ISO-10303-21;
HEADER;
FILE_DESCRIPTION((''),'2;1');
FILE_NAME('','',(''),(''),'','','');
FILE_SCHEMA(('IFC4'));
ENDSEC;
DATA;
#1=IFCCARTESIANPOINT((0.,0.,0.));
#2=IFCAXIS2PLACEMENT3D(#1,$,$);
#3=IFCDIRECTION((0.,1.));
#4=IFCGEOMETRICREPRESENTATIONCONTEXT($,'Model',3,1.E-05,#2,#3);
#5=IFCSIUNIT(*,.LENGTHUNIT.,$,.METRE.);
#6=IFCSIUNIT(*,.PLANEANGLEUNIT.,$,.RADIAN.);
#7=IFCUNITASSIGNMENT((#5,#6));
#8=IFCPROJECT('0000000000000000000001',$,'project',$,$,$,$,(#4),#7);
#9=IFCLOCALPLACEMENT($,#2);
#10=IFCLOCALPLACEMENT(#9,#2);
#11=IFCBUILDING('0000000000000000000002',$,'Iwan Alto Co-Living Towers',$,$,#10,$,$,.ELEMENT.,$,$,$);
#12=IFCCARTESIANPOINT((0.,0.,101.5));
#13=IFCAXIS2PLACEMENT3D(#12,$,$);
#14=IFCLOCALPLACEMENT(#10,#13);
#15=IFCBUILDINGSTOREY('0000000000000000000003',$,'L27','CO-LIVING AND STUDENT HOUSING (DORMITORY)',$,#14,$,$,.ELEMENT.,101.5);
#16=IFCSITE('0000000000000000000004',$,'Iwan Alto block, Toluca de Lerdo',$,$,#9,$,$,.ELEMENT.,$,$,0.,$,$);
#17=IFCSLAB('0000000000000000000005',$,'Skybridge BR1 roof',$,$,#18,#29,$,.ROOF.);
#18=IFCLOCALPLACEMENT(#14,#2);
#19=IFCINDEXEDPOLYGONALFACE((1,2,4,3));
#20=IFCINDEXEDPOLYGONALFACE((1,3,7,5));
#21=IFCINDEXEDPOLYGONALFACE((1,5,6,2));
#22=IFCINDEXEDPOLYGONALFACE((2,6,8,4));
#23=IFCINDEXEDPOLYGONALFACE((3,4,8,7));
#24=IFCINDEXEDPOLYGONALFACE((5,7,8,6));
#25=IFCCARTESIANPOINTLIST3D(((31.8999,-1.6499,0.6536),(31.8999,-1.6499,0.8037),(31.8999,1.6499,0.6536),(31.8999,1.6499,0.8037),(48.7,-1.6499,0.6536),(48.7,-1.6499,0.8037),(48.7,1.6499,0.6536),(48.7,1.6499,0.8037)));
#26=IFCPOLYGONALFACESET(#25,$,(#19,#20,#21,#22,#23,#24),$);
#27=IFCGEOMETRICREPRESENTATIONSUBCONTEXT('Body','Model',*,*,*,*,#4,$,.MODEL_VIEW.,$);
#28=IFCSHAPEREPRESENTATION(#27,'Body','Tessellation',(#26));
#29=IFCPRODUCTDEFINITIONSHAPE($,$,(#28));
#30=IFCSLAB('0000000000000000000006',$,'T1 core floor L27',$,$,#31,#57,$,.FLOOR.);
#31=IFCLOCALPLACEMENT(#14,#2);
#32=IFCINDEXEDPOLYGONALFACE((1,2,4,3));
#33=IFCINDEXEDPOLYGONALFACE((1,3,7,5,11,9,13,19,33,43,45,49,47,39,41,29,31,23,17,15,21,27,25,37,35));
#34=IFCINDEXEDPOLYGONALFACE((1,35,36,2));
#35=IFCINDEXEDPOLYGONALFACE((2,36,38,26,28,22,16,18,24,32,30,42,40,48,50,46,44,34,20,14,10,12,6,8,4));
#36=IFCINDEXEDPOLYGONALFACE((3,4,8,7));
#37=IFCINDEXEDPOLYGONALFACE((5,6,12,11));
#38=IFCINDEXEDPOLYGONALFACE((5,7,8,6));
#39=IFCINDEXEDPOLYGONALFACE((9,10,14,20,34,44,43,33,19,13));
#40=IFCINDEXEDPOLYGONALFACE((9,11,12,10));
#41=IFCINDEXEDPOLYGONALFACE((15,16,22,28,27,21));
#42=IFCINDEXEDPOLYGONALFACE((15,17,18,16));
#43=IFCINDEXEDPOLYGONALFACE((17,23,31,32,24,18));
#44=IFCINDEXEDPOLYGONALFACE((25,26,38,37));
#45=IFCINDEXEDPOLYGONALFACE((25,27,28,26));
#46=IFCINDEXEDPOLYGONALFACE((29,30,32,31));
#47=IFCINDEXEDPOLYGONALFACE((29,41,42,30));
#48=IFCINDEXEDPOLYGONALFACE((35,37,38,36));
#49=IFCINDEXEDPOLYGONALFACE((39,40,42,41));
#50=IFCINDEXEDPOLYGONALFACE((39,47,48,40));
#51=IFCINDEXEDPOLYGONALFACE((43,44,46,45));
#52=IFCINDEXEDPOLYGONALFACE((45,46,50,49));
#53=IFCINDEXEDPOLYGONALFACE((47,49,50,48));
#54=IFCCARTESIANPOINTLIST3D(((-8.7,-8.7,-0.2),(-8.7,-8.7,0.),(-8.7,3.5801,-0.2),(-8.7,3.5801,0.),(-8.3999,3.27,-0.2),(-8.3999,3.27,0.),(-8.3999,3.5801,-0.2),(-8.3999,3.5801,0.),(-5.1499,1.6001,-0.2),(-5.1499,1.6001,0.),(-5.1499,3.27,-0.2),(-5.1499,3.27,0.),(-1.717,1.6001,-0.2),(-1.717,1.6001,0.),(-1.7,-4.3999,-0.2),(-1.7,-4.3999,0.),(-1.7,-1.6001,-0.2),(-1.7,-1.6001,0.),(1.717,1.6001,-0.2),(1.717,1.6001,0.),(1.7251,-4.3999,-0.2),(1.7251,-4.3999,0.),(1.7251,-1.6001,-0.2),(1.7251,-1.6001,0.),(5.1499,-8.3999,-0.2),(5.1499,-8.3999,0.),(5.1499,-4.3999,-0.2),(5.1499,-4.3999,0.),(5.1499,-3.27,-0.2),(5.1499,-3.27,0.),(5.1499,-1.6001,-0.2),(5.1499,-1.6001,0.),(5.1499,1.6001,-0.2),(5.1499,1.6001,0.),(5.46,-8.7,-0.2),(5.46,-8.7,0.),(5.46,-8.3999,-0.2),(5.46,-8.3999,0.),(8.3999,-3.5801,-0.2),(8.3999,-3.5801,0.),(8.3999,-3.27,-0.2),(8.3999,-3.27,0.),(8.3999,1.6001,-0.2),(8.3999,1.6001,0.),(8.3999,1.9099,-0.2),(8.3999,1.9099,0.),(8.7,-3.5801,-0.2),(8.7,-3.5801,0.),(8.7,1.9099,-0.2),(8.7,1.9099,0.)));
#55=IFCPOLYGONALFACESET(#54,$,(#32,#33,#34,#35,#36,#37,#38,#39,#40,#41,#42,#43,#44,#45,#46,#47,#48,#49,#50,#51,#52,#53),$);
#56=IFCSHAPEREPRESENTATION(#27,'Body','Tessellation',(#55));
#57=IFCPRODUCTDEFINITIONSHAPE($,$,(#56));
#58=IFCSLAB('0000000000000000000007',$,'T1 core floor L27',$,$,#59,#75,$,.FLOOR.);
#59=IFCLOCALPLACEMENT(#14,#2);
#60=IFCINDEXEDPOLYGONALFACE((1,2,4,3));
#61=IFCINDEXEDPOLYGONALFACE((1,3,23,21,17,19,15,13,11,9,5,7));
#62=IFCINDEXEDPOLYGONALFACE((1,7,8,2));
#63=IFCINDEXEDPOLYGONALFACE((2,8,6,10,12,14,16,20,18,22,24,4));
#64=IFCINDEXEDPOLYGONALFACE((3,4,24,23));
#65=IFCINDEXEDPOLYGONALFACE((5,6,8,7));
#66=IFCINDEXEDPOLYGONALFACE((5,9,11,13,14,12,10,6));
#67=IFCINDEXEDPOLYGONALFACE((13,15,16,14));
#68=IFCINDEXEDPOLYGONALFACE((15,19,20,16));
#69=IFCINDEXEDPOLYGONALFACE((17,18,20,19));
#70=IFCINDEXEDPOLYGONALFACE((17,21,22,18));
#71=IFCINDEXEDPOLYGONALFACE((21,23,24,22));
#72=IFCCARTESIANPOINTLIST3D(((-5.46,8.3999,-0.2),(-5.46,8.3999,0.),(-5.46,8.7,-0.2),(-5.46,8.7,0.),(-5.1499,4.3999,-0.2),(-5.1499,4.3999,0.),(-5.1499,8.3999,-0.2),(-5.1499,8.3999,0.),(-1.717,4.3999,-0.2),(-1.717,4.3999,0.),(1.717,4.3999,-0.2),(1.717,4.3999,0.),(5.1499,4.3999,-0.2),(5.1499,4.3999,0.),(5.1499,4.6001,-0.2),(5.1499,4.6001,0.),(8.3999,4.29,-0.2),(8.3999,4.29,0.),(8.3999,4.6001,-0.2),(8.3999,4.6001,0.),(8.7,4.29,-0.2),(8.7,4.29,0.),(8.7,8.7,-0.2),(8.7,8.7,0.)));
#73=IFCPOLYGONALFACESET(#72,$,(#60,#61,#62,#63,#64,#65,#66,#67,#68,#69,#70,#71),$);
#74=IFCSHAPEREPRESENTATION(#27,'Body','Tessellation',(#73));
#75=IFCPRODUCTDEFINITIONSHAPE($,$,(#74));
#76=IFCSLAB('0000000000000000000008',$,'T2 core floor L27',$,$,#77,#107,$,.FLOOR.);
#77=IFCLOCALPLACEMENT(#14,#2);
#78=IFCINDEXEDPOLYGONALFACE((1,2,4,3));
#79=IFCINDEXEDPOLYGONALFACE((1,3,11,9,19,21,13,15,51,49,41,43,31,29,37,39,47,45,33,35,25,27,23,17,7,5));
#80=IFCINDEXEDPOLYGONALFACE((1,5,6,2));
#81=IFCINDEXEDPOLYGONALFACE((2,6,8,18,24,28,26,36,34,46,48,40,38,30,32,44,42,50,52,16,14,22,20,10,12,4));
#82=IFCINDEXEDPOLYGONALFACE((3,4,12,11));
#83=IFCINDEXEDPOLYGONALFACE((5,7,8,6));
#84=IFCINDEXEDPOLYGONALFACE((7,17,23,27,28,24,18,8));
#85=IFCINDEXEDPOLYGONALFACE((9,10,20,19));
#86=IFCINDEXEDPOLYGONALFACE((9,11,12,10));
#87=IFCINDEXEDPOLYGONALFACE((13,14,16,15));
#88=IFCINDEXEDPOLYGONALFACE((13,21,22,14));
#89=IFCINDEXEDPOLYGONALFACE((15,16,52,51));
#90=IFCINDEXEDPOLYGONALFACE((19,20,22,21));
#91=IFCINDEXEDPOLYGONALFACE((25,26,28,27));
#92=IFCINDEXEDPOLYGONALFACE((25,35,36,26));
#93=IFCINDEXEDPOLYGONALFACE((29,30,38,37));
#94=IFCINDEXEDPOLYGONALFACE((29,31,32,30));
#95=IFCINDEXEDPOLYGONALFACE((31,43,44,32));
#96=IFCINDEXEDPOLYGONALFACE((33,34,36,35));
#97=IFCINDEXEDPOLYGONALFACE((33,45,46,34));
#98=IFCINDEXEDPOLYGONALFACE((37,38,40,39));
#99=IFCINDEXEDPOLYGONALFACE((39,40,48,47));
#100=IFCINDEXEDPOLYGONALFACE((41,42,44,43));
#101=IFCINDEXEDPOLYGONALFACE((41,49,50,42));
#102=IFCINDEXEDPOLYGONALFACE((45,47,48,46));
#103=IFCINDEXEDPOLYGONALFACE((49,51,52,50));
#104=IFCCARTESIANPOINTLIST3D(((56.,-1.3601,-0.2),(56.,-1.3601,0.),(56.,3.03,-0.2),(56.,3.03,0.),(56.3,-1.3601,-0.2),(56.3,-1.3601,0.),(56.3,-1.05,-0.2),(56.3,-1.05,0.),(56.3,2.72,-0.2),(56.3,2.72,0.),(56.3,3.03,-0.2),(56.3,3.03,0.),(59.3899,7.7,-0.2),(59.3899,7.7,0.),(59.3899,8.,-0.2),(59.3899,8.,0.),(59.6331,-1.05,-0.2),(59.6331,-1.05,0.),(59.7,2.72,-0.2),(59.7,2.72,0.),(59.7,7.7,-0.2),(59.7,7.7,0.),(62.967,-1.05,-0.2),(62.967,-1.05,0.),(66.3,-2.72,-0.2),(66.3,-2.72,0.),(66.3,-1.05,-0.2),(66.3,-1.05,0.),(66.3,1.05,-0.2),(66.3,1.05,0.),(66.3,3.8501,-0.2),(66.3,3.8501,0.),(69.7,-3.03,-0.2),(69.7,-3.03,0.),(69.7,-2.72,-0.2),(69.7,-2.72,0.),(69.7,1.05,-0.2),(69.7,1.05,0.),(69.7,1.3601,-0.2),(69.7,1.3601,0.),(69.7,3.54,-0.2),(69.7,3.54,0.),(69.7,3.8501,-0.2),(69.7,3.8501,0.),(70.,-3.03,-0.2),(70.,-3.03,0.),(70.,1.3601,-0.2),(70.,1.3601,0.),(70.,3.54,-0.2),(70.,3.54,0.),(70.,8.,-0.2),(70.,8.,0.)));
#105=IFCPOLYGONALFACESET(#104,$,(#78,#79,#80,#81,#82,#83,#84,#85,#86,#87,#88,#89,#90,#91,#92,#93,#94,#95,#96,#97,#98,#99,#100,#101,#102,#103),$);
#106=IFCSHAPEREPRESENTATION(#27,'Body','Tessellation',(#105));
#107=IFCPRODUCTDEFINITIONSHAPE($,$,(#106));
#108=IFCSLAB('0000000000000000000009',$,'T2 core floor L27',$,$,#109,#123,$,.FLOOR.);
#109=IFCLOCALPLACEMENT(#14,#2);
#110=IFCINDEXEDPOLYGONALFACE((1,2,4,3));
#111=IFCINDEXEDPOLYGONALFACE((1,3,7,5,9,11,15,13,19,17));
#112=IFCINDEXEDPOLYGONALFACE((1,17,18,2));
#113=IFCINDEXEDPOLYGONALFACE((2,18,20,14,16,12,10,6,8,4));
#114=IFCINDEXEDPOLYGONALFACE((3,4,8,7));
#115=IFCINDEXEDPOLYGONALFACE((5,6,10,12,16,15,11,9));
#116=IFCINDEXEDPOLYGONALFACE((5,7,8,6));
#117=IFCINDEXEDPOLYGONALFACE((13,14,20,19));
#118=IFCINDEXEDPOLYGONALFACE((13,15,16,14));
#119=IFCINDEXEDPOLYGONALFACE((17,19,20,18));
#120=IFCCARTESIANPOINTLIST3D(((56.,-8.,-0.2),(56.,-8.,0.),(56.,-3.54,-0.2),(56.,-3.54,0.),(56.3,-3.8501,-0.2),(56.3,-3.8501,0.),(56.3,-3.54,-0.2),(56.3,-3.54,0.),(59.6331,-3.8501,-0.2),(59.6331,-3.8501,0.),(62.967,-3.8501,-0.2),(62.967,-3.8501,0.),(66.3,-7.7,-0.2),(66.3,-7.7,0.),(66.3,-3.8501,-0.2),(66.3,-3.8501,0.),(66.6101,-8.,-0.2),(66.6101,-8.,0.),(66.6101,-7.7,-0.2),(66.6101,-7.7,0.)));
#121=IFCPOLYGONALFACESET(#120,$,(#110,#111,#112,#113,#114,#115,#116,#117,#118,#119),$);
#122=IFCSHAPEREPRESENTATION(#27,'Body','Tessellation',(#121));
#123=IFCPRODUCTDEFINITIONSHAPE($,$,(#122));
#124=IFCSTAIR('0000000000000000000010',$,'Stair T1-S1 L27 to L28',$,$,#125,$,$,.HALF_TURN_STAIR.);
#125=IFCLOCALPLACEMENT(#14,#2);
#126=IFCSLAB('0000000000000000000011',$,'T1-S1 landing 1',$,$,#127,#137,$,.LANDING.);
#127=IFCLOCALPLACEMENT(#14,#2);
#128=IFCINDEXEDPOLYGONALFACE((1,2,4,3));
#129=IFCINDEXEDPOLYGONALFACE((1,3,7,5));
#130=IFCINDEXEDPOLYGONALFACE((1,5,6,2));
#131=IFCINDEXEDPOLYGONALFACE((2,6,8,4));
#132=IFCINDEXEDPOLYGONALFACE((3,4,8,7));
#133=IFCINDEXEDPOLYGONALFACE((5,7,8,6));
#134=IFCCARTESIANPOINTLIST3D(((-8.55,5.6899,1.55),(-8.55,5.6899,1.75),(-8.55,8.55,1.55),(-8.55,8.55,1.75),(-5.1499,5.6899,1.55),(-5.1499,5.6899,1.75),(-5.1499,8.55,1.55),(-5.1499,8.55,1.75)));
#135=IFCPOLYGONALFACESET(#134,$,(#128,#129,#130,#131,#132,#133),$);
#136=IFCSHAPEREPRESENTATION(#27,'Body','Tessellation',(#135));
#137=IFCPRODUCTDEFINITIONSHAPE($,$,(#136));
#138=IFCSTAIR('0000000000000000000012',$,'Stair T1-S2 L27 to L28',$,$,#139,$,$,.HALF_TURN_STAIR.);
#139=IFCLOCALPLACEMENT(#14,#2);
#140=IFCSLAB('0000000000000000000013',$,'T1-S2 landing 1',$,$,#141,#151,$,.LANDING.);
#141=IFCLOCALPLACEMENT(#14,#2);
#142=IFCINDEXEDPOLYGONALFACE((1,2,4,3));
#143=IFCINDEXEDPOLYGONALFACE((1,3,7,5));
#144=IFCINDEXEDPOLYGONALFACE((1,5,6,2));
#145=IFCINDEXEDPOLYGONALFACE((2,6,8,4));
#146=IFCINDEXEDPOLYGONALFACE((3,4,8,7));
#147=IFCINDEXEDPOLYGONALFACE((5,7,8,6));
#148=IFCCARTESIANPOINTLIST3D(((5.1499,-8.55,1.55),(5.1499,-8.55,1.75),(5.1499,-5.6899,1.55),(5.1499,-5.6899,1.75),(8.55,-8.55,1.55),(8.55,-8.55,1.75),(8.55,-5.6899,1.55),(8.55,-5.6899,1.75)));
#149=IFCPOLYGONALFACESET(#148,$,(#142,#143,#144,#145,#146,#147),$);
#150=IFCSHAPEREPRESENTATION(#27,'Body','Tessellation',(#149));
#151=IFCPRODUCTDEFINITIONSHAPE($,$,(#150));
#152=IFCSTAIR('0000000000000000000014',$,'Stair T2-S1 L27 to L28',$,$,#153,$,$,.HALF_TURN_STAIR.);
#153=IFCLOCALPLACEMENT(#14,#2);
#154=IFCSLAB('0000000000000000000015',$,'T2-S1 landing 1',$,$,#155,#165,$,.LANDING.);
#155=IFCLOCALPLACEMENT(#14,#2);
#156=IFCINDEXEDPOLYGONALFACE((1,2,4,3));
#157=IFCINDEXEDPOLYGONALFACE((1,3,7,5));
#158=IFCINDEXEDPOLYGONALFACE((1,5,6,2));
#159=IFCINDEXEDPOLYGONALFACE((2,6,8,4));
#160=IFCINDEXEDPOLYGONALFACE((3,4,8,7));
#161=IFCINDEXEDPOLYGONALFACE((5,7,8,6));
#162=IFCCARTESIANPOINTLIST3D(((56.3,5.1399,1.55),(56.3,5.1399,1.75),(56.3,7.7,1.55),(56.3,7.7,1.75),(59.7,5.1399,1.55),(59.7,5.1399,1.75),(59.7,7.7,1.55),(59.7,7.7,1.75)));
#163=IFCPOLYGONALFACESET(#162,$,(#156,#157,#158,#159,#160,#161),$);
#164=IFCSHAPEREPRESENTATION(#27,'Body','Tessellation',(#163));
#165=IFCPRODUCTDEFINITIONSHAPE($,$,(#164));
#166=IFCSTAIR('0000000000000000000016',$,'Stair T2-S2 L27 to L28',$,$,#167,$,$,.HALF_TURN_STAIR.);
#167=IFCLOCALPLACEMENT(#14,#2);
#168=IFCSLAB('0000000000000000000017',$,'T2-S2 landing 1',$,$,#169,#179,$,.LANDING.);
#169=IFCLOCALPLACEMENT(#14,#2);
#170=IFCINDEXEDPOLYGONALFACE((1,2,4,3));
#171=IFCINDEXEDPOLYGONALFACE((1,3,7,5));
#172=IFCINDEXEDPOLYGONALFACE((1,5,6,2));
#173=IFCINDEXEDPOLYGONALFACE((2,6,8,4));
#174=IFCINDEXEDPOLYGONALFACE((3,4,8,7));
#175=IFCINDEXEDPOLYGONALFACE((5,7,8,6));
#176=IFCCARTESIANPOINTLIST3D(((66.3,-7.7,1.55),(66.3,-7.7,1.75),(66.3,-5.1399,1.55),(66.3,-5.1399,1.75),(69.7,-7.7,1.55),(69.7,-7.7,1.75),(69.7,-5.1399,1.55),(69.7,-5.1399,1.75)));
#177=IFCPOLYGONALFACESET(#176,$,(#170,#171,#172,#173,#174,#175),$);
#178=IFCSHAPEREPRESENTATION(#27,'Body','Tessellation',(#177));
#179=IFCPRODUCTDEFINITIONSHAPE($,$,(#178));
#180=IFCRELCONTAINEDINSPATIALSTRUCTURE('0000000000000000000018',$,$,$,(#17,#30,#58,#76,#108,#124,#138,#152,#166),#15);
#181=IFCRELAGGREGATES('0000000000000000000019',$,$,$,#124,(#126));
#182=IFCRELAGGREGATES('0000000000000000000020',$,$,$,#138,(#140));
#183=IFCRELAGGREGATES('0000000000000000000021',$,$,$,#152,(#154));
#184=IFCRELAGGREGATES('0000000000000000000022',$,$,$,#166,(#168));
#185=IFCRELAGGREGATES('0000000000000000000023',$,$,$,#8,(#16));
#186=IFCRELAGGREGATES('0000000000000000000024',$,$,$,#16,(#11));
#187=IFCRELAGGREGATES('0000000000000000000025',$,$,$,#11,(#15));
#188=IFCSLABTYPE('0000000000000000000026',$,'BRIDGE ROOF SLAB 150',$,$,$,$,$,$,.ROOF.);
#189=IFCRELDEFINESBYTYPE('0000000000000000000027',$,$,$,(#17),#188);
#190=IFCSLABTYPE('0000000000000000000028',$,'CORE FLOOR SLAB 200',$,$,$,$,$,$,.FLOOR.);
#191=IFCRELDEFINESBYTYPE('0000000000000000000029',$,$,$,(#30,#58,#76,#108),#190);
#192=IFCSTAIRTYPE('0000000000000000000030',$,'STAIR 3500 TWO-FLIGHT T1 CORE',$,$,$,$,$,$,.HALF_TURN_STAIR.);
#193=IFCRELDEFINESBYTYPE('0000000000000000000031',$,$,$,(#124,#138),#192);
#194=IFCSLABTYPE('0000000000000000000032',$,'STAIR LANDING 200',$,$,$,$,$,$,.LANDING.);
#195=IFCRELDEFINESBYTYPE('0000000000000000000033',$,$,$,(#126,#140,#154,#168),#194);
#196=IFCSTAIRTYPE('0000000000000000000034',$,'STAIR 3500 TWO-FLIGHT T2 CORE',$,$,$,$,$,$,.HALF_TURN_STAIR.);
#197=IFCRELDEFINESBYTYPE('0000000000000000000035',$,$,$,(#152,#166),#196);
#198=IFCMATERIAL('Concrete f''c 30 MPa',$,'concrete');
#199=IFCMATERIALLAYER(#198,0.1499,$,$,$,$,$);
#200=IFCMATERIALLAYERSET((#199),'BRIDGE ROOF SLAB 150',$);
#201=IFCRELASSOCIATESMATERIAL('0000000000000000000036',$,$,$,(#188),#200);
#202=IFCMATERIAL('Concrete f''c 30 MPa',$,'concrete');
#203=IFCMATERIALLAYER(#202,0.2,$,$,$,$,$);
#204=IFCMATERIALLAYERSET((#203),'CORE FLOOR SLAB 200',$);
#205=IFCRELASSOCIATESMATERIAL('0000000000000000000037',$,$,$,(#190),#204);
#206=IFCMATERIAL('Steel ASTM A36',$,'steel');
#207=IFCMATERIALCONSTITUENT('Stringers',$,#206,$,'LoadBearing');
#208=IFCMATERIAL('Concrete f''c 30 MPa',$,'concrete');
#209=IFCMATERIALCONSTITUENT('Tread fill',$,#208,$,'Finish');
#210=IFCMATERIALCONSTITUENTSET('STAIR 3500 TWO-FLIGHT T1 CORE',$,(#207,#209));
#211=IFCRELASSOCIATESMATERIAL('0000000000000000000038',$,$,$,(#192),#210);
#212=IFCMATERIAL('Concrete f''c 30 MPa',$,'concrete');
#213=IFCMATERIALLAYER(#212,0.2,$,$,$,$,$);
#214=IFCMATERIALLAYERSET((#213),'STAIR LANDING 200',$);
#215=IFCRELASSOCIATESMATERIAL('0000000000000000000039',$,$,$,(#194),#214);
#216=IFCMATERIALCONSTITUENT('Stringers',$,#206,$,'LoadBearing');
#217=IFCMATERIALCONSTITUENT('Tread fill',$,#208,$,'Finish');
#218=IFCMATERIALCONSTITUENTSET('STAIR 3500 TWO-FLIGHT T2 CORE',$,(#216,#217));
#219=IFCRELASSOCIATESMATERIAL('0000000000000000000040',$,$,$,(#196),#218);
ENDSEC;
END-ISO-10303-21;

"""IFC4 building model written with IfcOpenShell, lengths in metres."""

from ifc_helpers import new_model, si_unit, direction, frame, origin, place, context, subcontext, project, spatial, polyline, outline, extrude, material, layer, layer_set, constituent, constituent_set, type_object, element, aggregate, save


model = new_model("IFC4")

# Units and contexts
model_context = context("Model", 3, precision=1e-05, world=origin(), true_north=direction((0.0, 1.0)))
body_context = subcontext(model_context, "Body", "Model", "MODEL_VIEW")
ifc_project = project(units=[si_unit("LENGTHUNIT", "METRE"), si_unit("PLANEANGLEUNIT", "RADIAN")], contexts=[model_context])

# Site, building, storey
site_placement = place(None, origin())
site = spatial("IfcSite", under=ifc_project, at=site_placement, Name="Iwan Alto block, Toluca de Lerdo", CompositionType="ELEMENT", RefElevation=0.0)
building_placement = place(site_placement, origin())
building = spatial("IfcBuilding", under=site, at=building_placement, Name="Iwan Alto Co-Living Towers", CompositionType="ELEMENT")
storey_placement = place(building_placement, frame((0.0, 0.0, 101.5)))
storey = spatial("IfcBuildingStorey", under=building, at=storey_placement, Name="L27", Description="CO-LIVING AND STUDENT HOUSING (DORMITORY)", CompositionType="ELEMENT", Elevation=101.5)

# Slabs
ifc_material_1 = material(Name="Concrete f'c 30 MPa", Category="concrete")
ifc_layer_1 = layer(ifc_material_1, 0.1499)
ifc_layer_set_1 = layer_set([ifc_layer_1], Name="BRIDGE ROOF SLAB 150")
slab_type_1 = type_object("IfcSlabType", Name="BRIDGE ROOF SLAB 150", PredefinedType="ROOF", material=ifc_layer_set_1)
slab_1_placement = place(storey_placement, frame((0.0, 0.0, 0.6536)))
element("IfcSlab", 1, at=slab_1_placement, inside=storey, type_object=slab_type_1, Name="Skybridge BR1 roof", PredefinedType="ROOF", context=body_context, shape_type="SweptSolid", body=[
    extrude(outline(polyline([(31.8999, -1.6499), (48.7, -1.6499), (48.7, 1.6499), (31.8999, 1.6499), (31.8999, -1.6499)])), origin(), (0.0, 0.0, 1.0), 0.1501),
])
ifc_material_2 = material(Name="Concrete f'c 30 MPa", Category="concrete")
ifc_layer_2 = layer(ifc_material_2, 0.2)
ifc_layer_set_2 = layer_set([ifc_layer_2], Name="CORE FLOOR SLAB 200")
slab_type_2 = type_object("IfcSlabType", Name="CORE FLOOR SLAB 200", PredefinedType="FLOOR", material=ifc_layer_set_2)
slab_2_placement = place(storey_placement, frame((0.0, 0.0, -0.2)))
element("IfcSlab", 2, at=slab_2_placement, inside=storey, type_object=slab_type_2, Name="T1 core floor L27", PredefinedType="FLOOR", context=body_context, shape_type="SweptSolid", body=[
    extrude(outline(polyline([(5.1499, -1.6001), (1.7251, -1.6001), (-1.7, -1.6001), (-1.7, -4.3999), (1.7251, -4.3999), (5.1499, -4.3999), (5.1499, -8.3999), (5.46, -8.3999), (5.46, -8.7), (-8.7, -8.7), (-8.7, 3.5801), (-8.3999, 3.5801), (-8.3999, 3.27), (-5.1499, 3.27), (-5.1499, 1.6001), (-1.717, 1.6001), (1.717, 1.6001), (5.1499, 1.6001), (8.3999, 1.6001), (8.3999, 1.9099), (8.7, 1.9099), (8.7, -3.5801), (8.3999, -3.5801), (8.3999, -3.27), (5.1499, -3.27), (5.1499, -1.6001)])), origin(), (0.0, 0.0, 1.0), 0.2),
])
slab_3_placement = place(storey_placement, frame((0.0, 0.0, -0.2)))
element("IfcSlab", 3, at=slab_3_placement, inside=storey, type_object=slab_type_2, Name="T1 core floor L27", PredefinedType="FLOOR", context=body_context, shape_type="SweptSolid", body=[
    extrude(outline(polyline([(1.717, 4.3999), (-1.717, 4.3999), (-5.1499, 4.3999), (-5.1499, 8.3999), (-5.46, 8.3999), (-5.46, 8.7), (8.7, 8.7), (8.7, 4.29), (8.3999, 4.29), (8.3999, 4.6001), (5.1499, 4.6001), (5.1499, 4.3999), (1.717, 4.3999)])), origin(), (0.0, 0.0, 1.0), 0.2),
])
slab_4_placement = place(storey_placement, frame((0.0, 0.0, -0.2)))
element("IfcSlab", 4, at=slab_4_placement, inside=storey, type_object=slab_type_2, Name="T2 core floor L27", PredefinedType="FLOOR", context=body_context, shape_type="SweptSolid", body=[
    extrude(outline(polyline([(70.0, -3.03), (69.7, -3.03), (69.7, -2.72), (66.3, -2.72), (66.3, -1.05), (62.967, -1.05), (59.6331, -1.05), (56.3, -1.05), (56.3, -1.3601), (56.0, -1.3601), (56.0, 3.03), (56.3, 3.03), (56.3, 2.72), (59.7, 2.72), (59.7, 7.7), (59.3899, 7.7), (59.3899, 8.0), (70.0, 8.0), (70.0, 3.54), (69.7, 3.54), (69.7, 3.8501), (66.3, 3.8501), (66.3, 1.05), (69.7, 1.05), (69.7, 1.3601), (70.0, 1.3601), (70.0, -3.03)])), origin(), (0.0, 0.0, 1.0), 0.2),
])
slab_5_placement = place(storey_placement, frame((0.0, 0.0, -0.2)))
element("IfcSlab", 5, at=slab_5_placement, inside=storey, type_object=slab_type_2, Name="T2 core floor L27", PredefinedType="FLOOR", context=body_context, shape_type="SweptSolid", body=[
    extrude(outline(polyline([(62.967, -3.8501), (66.3, -3.8501), (66.3, -7.7), (66.6101, -7.7), (66.6101, -8.0), (56.0, -8.0), (56.0, -3.54), (56.3, -3.54), (56.3, -3.8501), (59.6331, -3.8501), (62.967, -3.8501)])), origin(), (0.0, 0.0, 1.0), 0.2),
])

# Stairs, slabs
ifc_material_3 = material(Name="Steel ASTM A36", Category="steel")
ifc_constituent_1 = constituent(ifc_material_3, Name="Stringers", Category="LoadBearing")
ifc_material_4 = material(Name="Concrete f'c 30 MPa", Category="concrete")
ifc_constituent_2 = constituent(ifc_material_4, Name="Tread fill", Category="Finish")
ifc_constituent_set_1 = constituent_set(constituents=[ifc_constituent_1, ifc_constituent_2], Name="STAIR 3500 TWO-FLIGHT T1 CORE")
stair_type_1 = type_object("IfcStairType", Name="STAIR 3500 TWO-FLIGHT T1 CORE", PredefinedType="HALF_TURN_STAIR", material=ifc_constituent_set_1)
stair_1_placement = place(storey_placement, origin())
stair_1 = element("IfcStair", 6, at=stair_1_placement, inside=storey, type_object=stair_type_1, Name="Stair T1-S1 L27 to L28", PredefinedType="HALF_TURN_STAIR")
ifc_material_5 = material(Name="Concrete f'c 30 MPa", Category="concrete")
ifc_layer_3 = layer(ifc_material_5, 0.2)
ifc_layer_set_3 = layer_set([ifc_layer_3], Name="STAIR LANDING 200")
slab_type_3 = type_object("IfcSlabType", Name="STAIR LANDING 200", PredefinedType="LANDING", material=ifc_layer_set_3)
slab_6_placement = place(storey_placement, frame((0.0, 0.0, 1.55)))
slab_6 = element("IfcSlab", 7, at=slab_6_placement, type_object=slab_type_3, Name="T1-S1 landing 1", PredefinedType="LANDING", context=body_context, shape_type="SweptSolid", body=[
    extrude(outline(polyline([(-8.55, 5.6899), (-8.55, 8.55), (-5.1499, 8.55), (-5.1499, 5.6899), (-8.55, 5.6899)])), origin(), (0.0, 0.0, 1.0), 0.2),
])
aggregate(stair_1, [slab_6])
stair_2_placement = place(storey_placement, origin())
stair_2 = element("IfcStair", 8, at=stair_2_placement, inside=storey, type_object=stair_type_1, Name="Stair T1-S2 L27 to L28", PredefinedType="HALF_TURN_STAIR")
slab_7_placement = place(storey_placement, frame((0.0, 0.0, 1.55)))
slab_7 = element("IfcSlab", 9, at=slab_7_placement, type_object=slab_type_3, Name="T1-S2 landing 1", PredefinedType="LANDING", context=body_context, shape_type="SweptSolid", body=[
    extrude(outline(polyline([(5.1499, -5.6899), (5.1499, -8.55), (8.55, -8.55), (8.55, -5.6899), (5.1499, -5.6899)])), origin(), (0.0, 0.0, 1.0), 0.2),
])
aggregate(stair_2, [slab_7])
ifc_constituent_3 = constituent(ifc_material_3, Name="Stringers", Category="LoadBearing")
ifc_constituent_4 = constituent(ifc_material_4, Name="Tread fill", Category="Finish")
ifc_constituent_set_2 = constituent_set(constituents=[ifc_constituent_3, ifc_constituent_4], Name="STAIR 3500 TWO-FLIGHT T2 CORE")
stair_type_2 = type_object("IfcStairType", Name="STAIR 3500 TWO-FLIGHT T2 CORE", PredefinedType="HALF_TURN_STAIR", material=ifc_constituent_set_2)
stair_3_placement = place(storey_placement, origin())
stair_3 = element("IfcStair", 10, at=stair_3_placement, inside=storey, type_object=stair_type_2, Name="Stair T2-S1 L27 to L28", PredefinedType="HALF_TURN_STAIR")
slab_8_placement = place(storey_placement, frame((0.0, 0.0, 1.55)))
slab_8 = element("IfcSlab", 11, at=slab_8_placement, type_object=slab_type_3, Name="T2-S1 landing 1", PredefinedType="LANDING", context=body_context, shape_type="SweptSolid", body=[
    extrude(outline(polyline([(56.3, 5.1399), (56.3, 7.7), (59.7, 7.7), (59.7, 5.1399), (56.3, 5.1399)])), origin(), (0.0, 0.0, 1.0), 0.2),
])
aggregate(stair_3, [slab_8])
stair_4_placement = place(storey_placement, origin())
stair_4 = element("IfcStair", 12, at=stair_4_placement, inside=storey, type_object=stair_type_2, Name="Stair T2-S2 L27 to L28", PredefinedType="HALF_TURN_STAIR")
slab_9_placement = place(storey_placement, frame((0.0, 0.0, 1.55)))
slab_9 = element("IfcSlab", 13, at=slab_9_placement, type_object=slab_type_3, Name="T2-S2 landing 1", PredefinedType="LANDING", context=body_context, shape_type="SweptSolid", body=[
    extrude(outline(polyline([(66.3, -5.1399), (66.3, -7.7), (69.7, -7.7), (69.7, -5.1399), (66.3, -5.1399)])), origin(), (0.0, 0.0, 1.0), 0.2),
])
aggregate(stair_4, [slab_9])

save(model, "model.ifc")
